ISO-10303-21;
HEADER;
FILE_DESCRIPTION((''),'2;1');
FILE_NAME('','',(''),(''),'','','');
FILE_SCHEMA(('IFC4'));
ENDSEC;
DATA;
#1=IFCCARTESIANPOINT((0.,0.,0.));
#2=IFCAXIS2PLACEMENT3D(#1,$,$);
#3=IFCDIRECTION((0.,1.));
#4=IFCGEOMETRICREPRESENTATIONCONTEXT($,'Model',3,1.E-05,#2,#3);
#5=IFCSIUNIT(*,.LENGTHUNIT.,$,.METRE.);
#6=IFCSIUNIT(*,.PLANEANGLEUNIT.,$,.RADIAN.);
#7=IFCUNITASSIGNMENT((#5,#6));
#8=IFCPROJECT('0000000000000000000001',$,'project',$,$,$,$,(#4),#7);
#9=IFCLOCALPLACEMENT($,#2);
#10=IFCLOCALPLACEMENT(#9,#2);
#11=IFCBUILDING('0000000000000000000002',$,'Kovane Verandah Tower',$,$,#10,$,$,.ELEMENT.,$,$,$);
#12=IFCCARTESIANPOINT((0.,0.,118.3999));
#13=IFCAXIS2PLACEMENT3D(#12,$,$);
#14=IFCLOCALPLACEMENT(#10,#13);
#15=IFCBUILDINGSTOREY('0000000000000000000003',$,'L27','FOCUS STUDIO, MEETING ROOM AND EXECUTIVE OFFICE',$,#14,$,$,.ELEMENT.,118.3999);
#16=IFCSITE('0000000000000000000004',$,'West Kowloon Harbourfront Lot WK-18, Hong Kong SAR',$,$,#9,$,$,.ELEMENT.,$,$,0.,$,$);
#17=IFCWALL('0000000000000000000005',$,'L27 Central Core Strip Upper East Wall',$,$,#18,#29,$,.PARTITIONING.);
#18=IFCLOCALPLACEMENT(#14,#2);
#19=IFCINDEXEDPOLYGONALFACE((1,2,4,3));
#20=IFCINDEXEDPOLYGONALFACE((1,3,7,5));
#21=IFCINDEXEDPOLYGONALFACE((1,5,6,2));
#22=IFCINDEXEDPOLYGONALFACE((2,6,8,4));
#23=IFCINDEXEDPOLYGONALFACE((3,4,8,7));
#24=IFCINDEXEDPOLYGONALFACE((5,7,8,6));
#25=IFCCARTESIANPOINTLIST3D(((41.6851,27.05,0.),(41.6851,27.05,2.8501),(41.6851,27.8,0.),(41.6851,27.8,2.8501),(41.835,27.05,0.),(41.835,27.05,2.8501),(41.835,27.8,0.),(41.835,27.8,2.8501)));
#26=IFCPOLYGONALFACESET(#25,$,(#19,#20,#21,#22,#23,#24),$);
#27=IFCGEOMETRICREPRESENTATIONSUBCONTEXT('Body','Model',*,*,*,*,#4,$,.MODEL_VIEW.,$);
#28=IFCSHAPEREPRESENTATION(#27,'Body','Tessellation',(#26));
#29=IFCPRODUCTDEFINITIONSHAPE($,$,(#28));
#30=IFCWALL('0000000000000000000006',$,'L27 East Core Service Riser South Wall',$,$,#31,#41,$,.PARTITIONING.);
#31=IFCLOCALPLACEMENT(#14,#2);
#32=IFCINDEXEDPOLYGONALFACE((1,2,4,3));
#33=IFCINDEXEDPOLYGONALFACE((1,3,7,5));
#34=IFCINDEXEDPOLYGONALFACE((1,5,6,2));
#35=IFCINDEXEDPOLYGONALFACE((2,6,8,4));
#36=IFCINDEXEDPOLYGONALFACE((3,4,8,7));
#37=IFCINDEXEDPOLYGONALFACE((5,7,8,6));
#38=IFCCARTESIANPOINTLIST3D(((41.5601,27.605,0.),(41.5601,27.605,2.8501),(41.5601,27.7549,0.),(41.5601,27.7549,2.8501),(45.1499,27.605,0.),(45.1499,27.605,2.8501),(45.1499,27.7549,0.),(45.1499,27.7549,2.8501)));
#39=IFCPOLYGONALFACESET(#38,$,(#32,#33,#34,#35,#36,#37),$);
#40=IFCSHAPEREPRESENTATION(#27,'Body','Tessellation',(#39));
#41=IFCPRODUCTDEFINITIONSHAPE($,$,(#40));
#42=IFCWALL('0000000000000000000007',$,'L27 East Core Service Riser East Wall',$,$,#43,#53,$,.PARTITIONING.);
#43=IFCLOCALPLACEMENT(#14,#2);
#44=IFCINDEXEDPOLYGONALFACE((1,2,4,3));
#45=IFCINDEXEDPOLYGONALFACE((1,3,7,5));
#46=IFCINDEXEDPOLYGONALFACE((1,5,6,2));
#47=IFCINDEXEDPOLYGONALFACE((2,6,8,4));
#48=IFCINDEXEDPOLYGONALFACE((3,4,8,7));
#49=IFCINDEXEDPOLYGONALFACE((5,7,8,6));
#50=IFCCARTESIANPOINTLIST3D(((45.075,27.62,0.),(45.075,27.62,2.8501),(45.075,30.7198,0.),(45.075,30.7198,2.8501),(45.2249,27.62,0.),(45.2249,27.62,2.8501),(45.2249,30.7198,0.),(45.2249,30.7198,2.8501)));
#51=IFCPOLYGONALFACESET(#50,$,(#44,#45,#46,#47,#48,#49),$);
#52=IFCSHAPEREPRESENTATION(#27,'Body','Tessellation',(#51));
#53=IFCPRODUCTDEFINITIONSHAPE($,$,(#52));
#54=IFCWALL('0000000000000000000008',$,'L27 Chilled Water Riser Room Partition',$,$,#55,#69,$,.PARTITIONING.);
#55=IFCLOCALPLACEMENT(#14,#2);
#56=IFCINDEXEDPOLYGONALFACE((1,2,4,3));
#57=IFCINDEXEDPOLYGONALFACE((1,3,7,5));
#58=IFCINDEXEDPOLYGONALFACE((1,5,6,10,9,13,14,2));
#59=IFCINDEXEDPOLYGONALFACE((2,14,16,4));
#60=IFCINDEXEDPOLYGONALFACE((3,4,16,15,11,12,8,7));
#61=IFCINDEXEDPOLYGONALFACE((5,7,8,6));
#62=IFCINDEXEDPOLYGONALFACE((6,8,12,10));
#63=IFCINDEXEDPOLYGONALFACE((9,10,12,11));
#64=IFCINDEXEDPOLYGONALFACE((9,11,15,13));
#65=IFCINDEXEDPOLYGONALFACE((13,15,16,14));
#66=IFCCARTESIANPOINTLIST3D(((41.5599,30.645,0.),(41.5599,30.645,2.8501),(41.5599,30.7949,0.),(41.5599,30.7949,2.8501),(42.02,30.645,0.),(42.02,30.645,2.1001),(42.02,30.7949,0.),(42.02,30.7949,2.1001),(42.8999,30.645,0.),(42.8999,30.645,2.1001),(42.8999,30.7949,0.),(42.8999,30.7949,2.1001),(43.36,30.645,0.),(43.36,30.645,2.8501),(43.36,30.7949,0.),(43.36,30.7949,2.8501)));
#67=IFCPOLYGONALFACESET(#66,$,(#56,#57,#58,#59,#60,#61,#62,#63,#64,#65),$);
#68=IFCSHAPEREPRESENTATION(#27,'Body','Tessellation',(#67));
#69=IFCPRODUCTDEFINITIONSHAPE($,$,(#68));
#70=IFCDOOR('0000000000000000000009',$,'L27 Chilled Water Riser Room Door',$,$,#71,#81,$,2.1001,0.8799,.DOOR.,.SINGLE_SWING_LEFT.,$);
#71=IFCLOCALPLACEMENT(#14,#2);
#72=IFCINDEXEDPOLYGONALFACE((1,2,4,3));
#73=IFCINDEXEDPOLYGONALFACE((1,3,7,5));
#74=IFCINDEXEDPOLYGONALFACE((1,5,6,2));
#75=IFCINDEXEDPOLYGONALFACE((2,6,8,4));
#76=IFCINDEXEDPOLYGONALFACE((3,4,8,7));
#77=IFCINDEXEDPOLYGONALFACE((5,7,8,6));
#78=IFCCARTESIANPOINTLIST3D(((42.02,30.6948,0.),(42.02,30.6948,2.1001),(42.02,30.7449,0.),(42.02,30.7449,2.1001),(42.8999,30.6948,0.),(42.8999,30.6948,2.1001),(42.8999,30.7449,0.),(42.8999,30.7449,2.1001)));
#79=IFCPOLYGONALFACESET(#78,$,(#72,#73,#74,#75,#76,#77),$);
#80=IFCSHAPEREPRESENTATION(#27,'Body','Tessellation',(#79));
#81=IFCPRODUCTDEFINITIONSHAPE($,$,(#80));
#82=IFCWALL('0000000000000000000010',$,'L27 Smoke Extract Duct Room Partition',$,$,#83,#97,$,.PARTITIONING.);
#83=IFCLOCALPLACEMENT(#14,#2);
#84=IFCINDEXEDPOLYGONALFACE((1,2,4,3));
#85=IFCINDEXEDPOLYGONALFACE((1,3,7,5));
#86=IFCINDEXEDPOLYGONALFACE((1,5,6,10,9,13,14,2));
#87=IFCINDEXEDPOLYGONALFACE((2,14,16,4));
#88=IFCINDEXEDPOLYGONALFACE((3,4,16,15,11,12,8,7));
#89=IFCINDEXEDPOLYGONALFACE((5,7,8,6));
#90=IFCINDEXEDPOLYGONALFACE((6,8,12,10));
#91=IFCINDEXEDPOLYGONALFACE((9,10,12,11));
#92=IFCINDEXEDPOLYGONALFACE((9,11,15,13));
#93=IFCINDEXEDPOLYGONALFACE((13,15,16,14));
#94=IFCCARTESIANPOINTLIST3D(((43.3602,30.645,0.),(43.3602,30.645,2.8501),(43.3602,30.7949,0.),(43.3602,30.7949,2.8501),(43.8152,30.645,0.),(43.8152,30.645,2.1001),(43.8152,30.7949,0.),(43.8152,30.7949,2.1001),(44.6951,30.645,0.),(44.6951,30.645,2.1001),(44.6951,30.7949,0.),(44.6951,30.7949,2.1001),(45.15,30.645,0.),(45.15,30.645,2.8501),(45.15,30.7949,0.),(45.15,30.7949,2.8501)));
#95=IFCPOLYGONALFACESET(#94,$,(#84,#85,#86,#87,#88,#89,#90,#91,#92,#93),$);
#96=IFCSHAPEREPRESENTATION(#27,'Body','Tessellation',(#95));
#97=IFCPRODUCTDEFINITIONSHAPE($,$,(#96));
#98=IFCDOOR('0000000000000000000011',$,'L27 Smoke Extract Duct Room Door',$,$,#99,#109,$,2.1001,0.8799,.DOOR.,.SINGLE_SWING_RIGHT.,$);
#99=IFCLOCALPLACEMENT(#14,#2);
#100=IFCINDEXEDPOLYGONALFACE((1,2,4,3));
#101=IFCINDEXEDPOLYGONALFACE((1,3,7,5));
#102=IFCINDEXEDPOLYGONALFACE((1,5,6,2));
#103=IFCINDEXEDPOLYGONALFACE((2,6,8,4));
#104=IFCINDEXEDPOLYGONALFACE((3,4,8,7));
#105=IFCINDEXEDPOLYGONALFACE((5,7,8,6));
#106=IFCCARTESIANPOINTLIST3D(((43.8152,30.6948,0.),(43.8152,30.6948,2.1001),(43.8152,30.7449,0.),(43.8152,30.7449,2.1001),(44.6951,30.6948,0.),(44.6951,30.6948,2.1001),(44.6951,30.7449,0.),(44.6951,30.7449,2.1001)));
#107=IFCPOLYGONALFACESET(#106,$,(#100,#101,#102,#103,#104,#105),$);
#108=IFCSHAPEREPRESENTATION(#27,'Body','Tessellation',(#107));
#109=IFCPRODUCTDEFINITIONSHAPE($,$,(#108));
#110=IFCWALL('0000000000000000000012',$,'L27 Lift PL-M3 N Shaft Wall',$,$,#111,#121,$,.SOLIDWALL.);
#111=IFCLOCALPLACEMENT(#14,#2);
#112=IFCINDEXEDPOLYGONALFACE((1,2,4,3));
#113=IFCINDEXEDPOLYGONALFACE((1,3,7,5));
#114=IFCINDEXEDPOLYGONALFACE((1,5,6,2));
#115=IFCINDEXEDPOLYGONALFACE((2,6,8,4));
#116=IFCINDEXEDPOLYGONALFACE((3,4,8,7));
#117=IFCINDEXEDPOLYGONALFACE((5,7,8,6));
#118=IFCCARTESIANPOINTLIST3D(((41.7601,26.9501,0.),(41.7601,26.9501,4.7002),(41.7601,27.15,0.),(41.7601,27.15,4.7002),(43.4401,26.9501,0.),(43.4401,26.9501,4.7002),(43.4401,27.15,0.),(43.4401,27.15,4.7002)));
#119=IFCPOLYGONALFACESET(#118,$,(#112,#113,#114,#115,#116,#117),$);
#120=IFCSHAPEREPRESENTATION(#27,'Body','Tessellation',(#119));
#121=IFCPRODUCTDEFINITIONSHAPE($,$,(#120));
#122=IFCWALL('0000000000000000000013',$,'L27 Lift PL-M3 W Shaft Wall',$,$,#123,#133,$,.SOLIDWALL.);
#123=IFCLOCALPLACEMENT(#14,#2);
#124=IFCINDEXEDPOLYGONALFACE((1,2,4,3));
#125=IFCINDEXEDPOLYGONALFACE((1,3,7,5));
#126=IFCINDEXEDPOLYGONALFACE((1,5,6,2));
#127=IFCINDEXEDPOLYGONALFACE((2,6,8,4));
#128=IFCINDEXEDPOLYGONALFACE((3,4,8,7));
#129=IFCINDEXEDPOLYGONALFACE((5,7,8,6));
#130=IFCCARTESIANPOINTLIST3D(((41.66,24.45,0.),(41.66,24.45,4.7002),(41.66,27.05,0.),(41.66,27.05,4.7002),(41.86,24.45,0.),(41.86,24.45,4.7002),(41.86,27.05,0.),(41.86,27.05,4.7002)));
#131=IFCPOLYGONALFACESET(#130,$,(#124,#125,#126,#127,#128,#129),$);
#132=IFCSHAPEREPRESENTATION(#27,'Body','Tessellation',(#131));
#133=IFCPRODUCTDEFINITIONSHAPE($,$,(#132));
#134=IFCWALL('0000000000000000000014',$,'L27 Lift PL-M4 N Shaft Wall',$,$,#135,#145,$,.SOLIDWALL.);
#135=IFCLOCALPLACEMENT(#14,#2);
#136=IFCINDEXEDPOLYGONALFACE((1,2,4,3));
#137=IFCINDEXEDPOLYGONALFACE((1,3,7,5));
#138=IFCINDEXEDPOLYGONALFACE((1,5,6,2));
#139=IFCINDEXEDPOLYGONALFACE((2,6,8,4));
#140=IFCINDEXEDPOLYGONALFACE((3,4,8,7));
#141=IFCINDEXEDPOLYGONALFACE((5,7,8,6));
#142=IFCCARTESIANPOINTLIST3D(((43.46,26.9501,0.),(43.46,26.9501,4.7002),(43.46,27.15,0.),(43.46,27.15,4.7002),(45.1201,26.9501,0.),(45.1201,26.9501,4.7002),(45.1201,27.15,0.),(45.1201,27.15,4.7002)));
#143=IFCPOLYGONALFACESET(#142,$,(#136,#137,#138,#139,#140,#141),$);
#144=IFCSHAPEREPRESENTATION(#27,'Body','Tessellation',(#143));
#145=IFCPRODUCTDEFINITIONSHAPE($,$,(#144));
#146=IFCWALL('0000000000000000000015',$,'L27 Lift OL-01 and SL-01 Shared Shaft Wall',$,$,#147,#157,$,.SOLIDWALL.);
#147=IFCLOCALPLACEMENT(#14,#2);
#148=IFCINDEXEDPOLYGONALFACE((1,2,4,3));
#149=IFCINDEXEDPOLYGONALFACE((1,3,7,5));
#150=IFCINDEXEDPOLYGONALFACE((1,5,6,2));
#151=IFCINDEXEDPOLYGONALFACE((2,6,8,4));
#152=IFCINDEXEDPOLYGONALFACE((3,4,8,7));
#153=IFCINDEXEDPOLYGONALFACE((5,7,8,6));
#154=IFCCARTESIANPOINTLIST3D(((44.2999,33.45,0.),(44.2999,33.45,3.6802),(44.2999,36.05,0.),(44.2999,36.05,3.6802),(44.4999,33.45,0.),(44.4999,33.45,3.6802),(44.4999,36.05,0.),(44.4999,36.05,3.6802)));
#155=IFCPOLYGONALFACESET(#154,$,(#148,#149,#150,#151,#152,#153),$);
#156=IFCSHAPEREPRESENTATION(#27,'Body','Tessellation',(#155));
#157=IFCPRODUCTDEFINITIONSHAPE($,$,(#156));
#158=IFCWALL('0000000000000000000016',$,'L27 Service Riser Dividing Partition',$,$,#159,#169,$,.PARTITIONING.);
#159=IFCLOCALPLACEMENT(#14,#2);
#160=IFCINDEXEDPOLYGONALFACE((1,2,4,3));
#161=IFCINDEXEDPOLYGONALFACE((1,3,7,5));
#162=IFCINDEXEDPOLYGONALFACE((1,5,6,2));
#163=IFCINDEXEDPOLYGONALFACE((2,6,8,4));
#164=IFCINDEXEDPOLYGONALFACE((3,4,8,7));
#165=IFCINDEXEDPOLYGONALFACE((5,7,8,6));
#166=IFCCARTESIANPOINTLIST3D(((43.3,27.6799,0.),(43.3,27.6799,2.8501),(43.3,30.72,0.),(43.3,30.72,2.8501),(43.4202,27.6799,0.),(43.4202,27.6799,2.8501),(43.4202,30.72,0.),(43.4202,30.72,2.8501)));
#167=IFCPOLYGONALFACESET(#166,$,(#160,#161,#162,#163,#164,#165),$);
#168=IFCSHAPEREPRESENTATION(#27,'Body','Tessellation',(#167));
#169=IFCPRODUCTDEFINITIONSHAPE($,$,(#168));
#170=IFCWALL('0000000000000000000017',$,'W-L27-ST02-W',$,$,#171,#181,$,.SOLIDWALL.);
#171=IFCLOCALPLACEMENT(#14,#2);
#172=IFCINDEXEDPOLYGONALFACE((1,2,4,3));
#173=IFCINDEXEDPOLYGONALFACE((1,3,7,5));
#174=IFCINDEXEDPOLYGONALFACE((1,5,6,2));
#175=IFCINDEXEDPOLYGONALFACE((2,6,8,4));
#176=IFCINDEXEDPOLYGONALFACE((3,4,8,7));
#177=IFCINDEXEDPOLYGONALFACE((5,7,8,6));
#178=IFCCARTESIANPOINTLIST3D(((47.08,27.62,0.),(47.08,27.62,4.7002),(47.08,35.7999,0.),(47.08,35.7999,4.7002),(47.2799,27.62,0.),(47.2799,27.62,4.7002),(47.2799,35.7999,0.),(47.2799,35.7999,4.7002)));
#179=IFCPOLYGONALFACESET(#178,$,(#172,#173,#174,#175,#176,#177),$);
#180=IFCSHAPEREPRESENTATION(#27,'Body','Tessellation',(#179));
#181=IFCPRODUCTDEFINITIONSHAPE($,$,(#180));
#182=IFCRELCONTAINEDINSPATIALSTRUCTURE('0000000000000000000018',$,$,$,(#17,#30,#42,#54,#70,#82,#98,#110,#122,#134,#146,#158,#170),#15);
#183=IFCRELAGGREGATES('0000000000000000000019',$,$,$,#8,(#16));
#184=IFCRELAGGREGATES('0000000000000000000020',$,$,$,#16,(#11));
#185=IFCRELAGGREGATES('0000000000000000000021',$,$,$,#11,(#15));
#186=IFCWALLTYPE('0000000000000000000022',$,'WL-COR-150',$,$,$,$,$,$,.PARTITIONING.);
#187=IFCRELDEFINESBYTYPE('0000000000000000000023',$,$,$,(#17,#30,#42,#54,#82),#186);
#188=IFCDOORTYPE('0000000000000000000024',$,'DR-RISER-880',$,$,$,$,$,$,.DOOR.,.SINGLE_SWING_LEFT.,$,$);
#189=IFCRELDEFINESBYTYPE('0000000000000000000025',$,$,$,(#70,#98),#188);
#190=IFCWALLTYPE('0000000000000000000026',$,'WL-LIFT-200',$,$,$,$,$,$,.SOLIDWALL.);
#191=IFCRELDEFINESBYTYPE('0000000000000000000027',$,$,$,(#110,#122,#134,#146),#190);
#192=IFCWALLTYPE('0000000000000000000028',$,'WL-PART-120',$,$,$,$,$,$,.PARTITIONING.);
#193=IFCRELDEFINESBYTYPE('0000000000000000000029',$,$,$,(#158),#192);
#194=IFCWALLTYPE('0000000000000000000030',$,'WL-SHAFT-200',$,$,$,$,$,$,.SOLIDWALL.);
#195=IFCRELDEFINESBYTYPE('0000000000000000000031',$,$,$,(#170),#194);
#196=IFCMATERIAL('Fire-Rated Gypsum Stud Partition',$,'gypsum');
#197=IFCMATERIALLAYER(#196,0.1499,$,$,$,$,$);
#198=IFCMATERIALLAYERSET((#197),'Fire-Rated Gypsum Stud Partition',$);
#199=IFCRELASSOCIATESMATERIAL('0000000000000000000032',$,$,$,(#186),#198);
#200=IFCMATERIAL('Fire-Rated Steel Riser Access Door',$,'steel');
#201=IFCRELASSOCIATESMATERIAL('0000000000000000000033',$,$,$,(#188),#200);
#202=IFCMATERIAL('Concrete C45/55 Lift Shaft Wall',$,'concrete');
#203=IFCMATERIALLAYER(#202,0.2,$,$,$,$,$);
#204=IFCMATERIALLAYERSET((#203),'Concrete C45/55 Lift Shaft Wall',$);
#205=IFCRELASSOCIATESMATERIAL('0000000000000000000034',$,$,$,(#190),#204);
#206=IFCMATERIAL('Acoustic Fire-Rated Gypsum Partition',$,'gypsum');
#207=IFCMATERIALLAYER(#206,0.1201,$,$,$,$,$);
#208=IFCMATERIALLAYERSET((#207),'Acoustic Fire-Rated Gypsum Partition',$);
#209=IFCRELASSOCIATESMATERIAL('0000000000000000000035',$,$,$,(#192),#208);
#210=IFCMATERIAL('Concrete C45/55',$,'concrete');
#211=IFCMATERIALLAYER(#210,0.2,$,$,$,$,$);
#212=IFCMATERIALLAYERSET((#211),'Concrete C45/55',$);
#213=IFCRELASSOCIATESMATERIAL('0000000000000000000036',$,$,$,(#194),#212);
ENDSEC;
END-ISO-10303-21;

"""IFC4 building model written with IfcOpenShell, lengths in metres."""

from ifc_helpers import new_model, si_unit, direction, frame, frame_2d, origin, place, context, subcontext, project, spatial, rectangle, extrude, material, layer, layer_set, type_object, element, fill, save


model = new_model("IFC4")

# Units and contexts
model_context = context("Model", 3, precision=1e-05, world=origin(), true_north=direction((0.0, 1.0)))
body_context = subcontext(model_context, "Body", "Model", "MODEL_VIEW")
ifc_project = project(units=[si_unit("LENGTHUNIT", "METRE"), si_unit("PLANEANGLEUNIT", "RADIAN")], contexts=[model_context])

# Site, building, storey
site_placement = place(None, origin())
site = spatial("IfcSite", under=ifc_project, at=site_placement, Name="West Kowloon Harbourfront Lot WK-18, Hong Kong SAR", CompositionType="ELEMENT", RefElevation=0.0)
building_placement = place(site_placement, origin())
building = spatial("IfcBuilding", under=site, at=building_placement, Name="Kovane Verandah Tower", CompositionType="ELEMENT")
storey_placement = place(building_placement, frame((0.0, 0.0, 118.3999)))
storey = spatial("IfcBuildingStorey", under=building, at=storey_placement, Name="L27", Description="FOCUS STUDIO, MEETING ROOM AND EXECUTIVE OFFICE", CompositionType="ELEMENT", Elevation=118.3999)

# Walls
ifc_material_1 = material(Name="Fire-Rated Gypsum Stud Partition", Category="gypsum")
ifc_layer_1 = layer(ifc_material_1, 0.1499)
ifc_layer_set_1 = layer_set([ifc_layer_1], Name="Fire-Rated Gypsum Stud Partition")
wall_type_1 = type_object("IfcWallType", Name="WL-COR-150", PredefinedType="PARTITIONING", material=ifc_layer_set_1)
wall_1_placement = place(storey_placement, frame((41.76, 27.05, 0.0), z_axis=(0.0, 0.0, 1.0), x_axis=(0.0, 1.0, 0.0)))
element("IfcWall", 1, at=wall_1_placement, inside=storey, type_object=wall_type_1, Name="L27 Central Core Strip Upper East Wall", PredefinedType="PARTITIONING", context=body_context, shape_type="SweptSolid", body=[
    extrude(rectangle(XDim=0.75, YDim=0.1499, at=frame_2d((0.375, 0.0))), origin(), (0.0, 0.0, 1.0), 2.8501),
])
wall_2_placement = place(storey_placement, frame((41.5601, 27.6799, 0.0), z_axis=(0.0, 0.0, 1.0), x_axis=(1.0, 0.0, 0.0)))
element("IfcWall", 2, at=wall_2_placement, inside=storey, type_object=wall_type_1, Name="L27 East Core Service Riser South Wall", PredefinedType="PARTITIONING", context=body_context, shape_type="SweptSolid", body=[
    extrude(rectangle(XDim=3.5898, YDim=0.1499, at=frame_2d((1.7949, 0.0))), origin(), (0.0, 0.0, 1.0), 2.8501),
])
wall_3_placement = place(storey_placement, frame((45.1499, 27.6201, 0.0), z_axis=(0.0, 0.0, 1.0), x_axis=(0.0, 1.0, 0.0)))
element("IfcWall", 3, at=wall_3_placement, inside=storey, type_object=wall_type_1, Name="L27 East Core Service Riser East Wall", PredefinedType="PARTITIONING", context=body_context, shape_type="SweptSolid", body=[
    extrude(rectangle(XDim=3.0999, YDim=0.1499, at=frame_2d((1.5498, 0.0))), origin(), (0.0, 0.0, 1.0), 2.8501),
])

# Walls, openings, doors
wall_4_placement = place(storey_placement, frame((41.5601, 30.72, 0.0), z_axis=(0.0, 0.0, 1.0), x_axis=(1.0, 0.0, 0.0)))
wall_4 = element("IfcWall", 4, at=wall_4_placement, inside=storey, type_object=wall_type_1, Name="L27 Chilled Water Riser Room Partition", PredefinedType="PARTITIONING", context=body_context, shape_type="SweptSolid", body=[
    extrude(rectangle(XDim=1.8, YDim=0.1499, at=frame_2d((0.8999, 0.0))), origin(), (0.0, 0.0, 1.0), 2.8501),
])
opening_1_placement = place(wall_4_placement, frame((0.46, 0.0, 0.0)))
opening_1 = element("IfcOpeningElement", 5, at=opening_1_placement, cuts=wall_4, PredefinedType="OPENING", context=body_context, shape_type="SweptSolid", body=[
    extrude(rectangle(XDim=0.8799, YDim=2.1001, at=frame_2d((0.4399, 1.05))), frame((0.0, 0.075, 0.0), z_axis=(0.0, -1.0, 0.0), x_axis=(1.0, 0.0, 0.0)), (0.0, 0.0, 1.0), 0.1499),
])
ifc_material_2 = material(Name="Fire-Rated Steel Riser Access Door", Category="steel")
door_type_1 = type_object("IfcDoorType", Name="DR-RISER-880", OperationType="SINGLE_SWING_LEFT", PredefinedType="DOOR", material=ifc_material_2)
door_1_placement = place(opening_1_placement, origin())
door_1 = element("IfcDoor", 6, at=door_1_placement, inside=storey, type_object=door_type_1, Name="L27 Chilled Water Riser Room Door", OperationType="SINGLE_SWING_LEFT", OverallHeight=2.1001, OverallWidth=0.8799, PredefinedType="DOOR", context=body_context, shape_type="SweptSolid", body=[
    extrude(rectangle(XDim=0.8799, YDim=2.1001, at=frame_2d((0.4399, 1.05))), frame((0.0, 0.0249, 0.0), z_axis=(0.0, -1.0, 0.0), x_axis=(1.0, 0.0, 0.0)), (0.0, 0.0, 1.0), 0.05),
])
fill(opening_1, door_1)
wall_5_placement = place(storey_placement, frame((43.3601, 30.72, 0.0), z_axis=(0.0, 0.0, 1.0), x_axis=(1.0, 0.0, 0.0)))
wall_5 = element("IfcWall", 7, at=wall_5_placement, inside=storey, type_object=wall_type_1, Name="L27 Smoke Extract Duct Room Partition", PredefinedType="PARTITIONING", context=body_context, shape_type="SweptSolid", body=[
    extrude(rectangle(XDim=1.7898, YDim=0.1499, at=frame_2d((0.895, 0.0))), origin(), (0.0, 0.0, 1.0), 2.8501),
])
opening_2_placement = place(wall_5_placement, frame((0.4551, 0.0, 0.0)))
opening_2 = element("IfcOpeningElement", 8, at=opening_2_placement, cuts=wall_5, PredefinedType="OPENING", context=body_context, shape_type="SweptSolid", body=[
    extrude(rectangle(XDim=0.8799, YDim=2.1001, at=frame_2d((0.4399, 1.05))), frame((0.0, 0.075, 0.0), z_axis=(0.0, -1.0, 0.0), x_axis=(1.0, 0.0, 0.0)), (0.0, 0.0, 1.0), 0.1499),
])
door_2_placement = place(opening_2_placement, origin())
door_2 = element("IfcDoor", 9, at=door_2_placement, inside=storey, type_object=door_type_1, Name="L27 Smoke Extract Duct Room Door", OperationType="SINGLE_SWING_RIGHT", OverallHeight=2.1001, OverallWidth=0.8799, PredefinedType="DOOR", context=body_context, shape_type="SweptSolid", body=[
    extrude(rectangle(XDim=0.8799, YDim=2.1001, at=frame_2d((0.4399, 1.05))), frame((0.0, 0.0249, 0.0), z_axis=(0.0, -1.0, 0.0), x_axis=(1.0, 0.0, 0.0)), (0.0, 0.0, 1.0), 0.05),
])
fill(opening_2, door_2)

# Walls
ifc_material_3 = material(Name="Concrete C45/55 Lift Shaft Wall", Category="concrete")
ifc_layer_2 = layer(ifc_material_3, 0.2)
ifc_layer_set_2 = layer_set([ifc_layer_2], Name="Concrete C45/55 Lift Shaft Wall")
wall_type_2 = type_object("IfcWallType", Name="WL-LIFT-200", PredefinedType="SOLIDWALL", material=ifc_layer_set_2)
wall_6_placement = place(storey_placement, frame((43.4399, 27.05, 0.0), z_axis=(0.0, 0.0, 1.0), x_axis=(-1.0, 0.0, 0.0)))
element("IfcWall", 10, at=wall_6_placement, inside=storey, type_object=wall_type_2, Name="L27 Lift PL-M3 N Shaft Wall", PredefinedType="SOLIDWALL", context=body_context, shape_type="SweptSolid", body=[
    extrude(rectangle(XDim=1.6799, YDim=0.2, at=frame_2d((0.8398, 0.0))), origin(), (0.0, 0.0, 1.0), 4.7002),
])
wall_7_placement = place(storey_placement, frame((41.76, 27.05, 0.0), z_axis=(0.0, 0.0, 1.0), x_axis=(0.0, -1.0, 0.0)))
element("IfcWall", 11, at=wall_7_placement, inside=storey, type_object=wall_type_2, Name="L27 Lift PL-M3 W Shaft Wall", PredefinedType="SOLIDWALL", context=body_context, shape_type="SweptSolid", body=[
    extrude(rectangle(XDim=2.6001, YDim=0.2, at=frame_2d((1.3, 0.0))), origin(), (0.0, 0.0, 1.0), 4.7002),
])
wall_8_placement = place(storey_placement, frame((45.1201, 27.05, 0.0), z_axis=(0.0, 0.0, 1.0), x_axis=(-1.0, 0.0, 0.0)))
element("IfcWall", 12, at=wall_8_placement, inside=storey, type_object=wall_type_2, Name="L27 Lift PL-M4 N Shaft Wall", PredefinedType="SOLIDWALL", context=body_context, shape_type="SweptSolid", body=[
    extrude(rectangle(XDim=1.6602, YDim=0.2, at=frame_2d((0.8301, 0.0))), origin(), (0.0, 0.0, 1.0), 4.7002),
])

# Wall
wall_9_placement = place(storey_placement, frame((44.3999, 33.45, 0.0), z_axis=(0.0, 0.0, 1.0), x_axis=(0.0, 1.0, 0.0)))
element("IfcWall", 13, at=wall_9_placement, inside=storey, type_object=wall_type_2, Name="L27 Lift OL-01 and SL-01 Shared Shaft Wall", PredefinedType="SOLIDWALL", context=body_context, shape_type="SweptSolid", body=[
    extrude(rectangle(XDim=2.6001, YDim=0.2, at=frame_2d((1.3, 0.0))), origin(), (0.0, 0.0, 1.0), 3.6802),
])

# Walls
ifc_material_4 = material(Name="Acoustic Fire-Rated Gypsum Partition", Category="gypsum")
ifc_layer_3 = layer(ifc_material_4, 0.1201)
ifc_layer_set_3 = layer_set([ifc_layer_3], Name="Acoustic Fire-Rated Gypsum Partition")
wall_type_3 = type_object("IfcWallType", Name="WL-PART-120", PredefinedType="PARTITIONING", material=ifc_layer_set_3)
wall_10_placement = place(storey_placement, frame((43.3601, 27.6799, 0.0), z_axis=(0.0, 0.0, 1.0), x_axis=(0.0, 1.0, 0.0)))
element("IfcWall", 14, at=wall_10_placement, inside=storey, type_object=wall_type_3, Name="L27 Service Riser Dividing Partition", PredefinedType="PARTITIONING", context=body_context, shape_type="SweptSolid", body=[
    extrude(rectangle(XDim=3.04, YDim=0.1201, at=frame_2d((1.52, 0.0))), origin(), (0.0, 0.0, 1.0), 2.8501),
])
ifc_material_5 = material(Name="Concrete C45/55", Category="concrete")
ifc_layer_4 = layer(ifc_material_5, 0.2)
ifc_layer_set_4 = layer_set([ifc_layer_4], Name="Concrete C45/55")
wall_type_4 = type_object("IfcWallType", Name="WL-SHAFT-200", PredefinedType="SOLIDWALL", material=ifc_layer_set_4)
wall_11_placement = place(storey_placement, frame((47.1799, 27.6201, 0.0), z_axis=(0.0, 0.0, 1.0), x_axis=(0.0, 1.0, 0.0)))
element("IfcWall", 15, at=wall_11_placement, inside=storey, type_object=wall_type_4, Name="W-L27-ST02-W", PredefinedType="SOLIDWALL", context=body_context, shape_type="SweptSolid", body=[
    extrude(rectangle(XDim=8.1799, YDim=0.2, at=frame_2d((4.0898, 0.0))), origin(), (0.0, 0.0, 1.0), 4.7002),
])

save(model, "model.ifc")
